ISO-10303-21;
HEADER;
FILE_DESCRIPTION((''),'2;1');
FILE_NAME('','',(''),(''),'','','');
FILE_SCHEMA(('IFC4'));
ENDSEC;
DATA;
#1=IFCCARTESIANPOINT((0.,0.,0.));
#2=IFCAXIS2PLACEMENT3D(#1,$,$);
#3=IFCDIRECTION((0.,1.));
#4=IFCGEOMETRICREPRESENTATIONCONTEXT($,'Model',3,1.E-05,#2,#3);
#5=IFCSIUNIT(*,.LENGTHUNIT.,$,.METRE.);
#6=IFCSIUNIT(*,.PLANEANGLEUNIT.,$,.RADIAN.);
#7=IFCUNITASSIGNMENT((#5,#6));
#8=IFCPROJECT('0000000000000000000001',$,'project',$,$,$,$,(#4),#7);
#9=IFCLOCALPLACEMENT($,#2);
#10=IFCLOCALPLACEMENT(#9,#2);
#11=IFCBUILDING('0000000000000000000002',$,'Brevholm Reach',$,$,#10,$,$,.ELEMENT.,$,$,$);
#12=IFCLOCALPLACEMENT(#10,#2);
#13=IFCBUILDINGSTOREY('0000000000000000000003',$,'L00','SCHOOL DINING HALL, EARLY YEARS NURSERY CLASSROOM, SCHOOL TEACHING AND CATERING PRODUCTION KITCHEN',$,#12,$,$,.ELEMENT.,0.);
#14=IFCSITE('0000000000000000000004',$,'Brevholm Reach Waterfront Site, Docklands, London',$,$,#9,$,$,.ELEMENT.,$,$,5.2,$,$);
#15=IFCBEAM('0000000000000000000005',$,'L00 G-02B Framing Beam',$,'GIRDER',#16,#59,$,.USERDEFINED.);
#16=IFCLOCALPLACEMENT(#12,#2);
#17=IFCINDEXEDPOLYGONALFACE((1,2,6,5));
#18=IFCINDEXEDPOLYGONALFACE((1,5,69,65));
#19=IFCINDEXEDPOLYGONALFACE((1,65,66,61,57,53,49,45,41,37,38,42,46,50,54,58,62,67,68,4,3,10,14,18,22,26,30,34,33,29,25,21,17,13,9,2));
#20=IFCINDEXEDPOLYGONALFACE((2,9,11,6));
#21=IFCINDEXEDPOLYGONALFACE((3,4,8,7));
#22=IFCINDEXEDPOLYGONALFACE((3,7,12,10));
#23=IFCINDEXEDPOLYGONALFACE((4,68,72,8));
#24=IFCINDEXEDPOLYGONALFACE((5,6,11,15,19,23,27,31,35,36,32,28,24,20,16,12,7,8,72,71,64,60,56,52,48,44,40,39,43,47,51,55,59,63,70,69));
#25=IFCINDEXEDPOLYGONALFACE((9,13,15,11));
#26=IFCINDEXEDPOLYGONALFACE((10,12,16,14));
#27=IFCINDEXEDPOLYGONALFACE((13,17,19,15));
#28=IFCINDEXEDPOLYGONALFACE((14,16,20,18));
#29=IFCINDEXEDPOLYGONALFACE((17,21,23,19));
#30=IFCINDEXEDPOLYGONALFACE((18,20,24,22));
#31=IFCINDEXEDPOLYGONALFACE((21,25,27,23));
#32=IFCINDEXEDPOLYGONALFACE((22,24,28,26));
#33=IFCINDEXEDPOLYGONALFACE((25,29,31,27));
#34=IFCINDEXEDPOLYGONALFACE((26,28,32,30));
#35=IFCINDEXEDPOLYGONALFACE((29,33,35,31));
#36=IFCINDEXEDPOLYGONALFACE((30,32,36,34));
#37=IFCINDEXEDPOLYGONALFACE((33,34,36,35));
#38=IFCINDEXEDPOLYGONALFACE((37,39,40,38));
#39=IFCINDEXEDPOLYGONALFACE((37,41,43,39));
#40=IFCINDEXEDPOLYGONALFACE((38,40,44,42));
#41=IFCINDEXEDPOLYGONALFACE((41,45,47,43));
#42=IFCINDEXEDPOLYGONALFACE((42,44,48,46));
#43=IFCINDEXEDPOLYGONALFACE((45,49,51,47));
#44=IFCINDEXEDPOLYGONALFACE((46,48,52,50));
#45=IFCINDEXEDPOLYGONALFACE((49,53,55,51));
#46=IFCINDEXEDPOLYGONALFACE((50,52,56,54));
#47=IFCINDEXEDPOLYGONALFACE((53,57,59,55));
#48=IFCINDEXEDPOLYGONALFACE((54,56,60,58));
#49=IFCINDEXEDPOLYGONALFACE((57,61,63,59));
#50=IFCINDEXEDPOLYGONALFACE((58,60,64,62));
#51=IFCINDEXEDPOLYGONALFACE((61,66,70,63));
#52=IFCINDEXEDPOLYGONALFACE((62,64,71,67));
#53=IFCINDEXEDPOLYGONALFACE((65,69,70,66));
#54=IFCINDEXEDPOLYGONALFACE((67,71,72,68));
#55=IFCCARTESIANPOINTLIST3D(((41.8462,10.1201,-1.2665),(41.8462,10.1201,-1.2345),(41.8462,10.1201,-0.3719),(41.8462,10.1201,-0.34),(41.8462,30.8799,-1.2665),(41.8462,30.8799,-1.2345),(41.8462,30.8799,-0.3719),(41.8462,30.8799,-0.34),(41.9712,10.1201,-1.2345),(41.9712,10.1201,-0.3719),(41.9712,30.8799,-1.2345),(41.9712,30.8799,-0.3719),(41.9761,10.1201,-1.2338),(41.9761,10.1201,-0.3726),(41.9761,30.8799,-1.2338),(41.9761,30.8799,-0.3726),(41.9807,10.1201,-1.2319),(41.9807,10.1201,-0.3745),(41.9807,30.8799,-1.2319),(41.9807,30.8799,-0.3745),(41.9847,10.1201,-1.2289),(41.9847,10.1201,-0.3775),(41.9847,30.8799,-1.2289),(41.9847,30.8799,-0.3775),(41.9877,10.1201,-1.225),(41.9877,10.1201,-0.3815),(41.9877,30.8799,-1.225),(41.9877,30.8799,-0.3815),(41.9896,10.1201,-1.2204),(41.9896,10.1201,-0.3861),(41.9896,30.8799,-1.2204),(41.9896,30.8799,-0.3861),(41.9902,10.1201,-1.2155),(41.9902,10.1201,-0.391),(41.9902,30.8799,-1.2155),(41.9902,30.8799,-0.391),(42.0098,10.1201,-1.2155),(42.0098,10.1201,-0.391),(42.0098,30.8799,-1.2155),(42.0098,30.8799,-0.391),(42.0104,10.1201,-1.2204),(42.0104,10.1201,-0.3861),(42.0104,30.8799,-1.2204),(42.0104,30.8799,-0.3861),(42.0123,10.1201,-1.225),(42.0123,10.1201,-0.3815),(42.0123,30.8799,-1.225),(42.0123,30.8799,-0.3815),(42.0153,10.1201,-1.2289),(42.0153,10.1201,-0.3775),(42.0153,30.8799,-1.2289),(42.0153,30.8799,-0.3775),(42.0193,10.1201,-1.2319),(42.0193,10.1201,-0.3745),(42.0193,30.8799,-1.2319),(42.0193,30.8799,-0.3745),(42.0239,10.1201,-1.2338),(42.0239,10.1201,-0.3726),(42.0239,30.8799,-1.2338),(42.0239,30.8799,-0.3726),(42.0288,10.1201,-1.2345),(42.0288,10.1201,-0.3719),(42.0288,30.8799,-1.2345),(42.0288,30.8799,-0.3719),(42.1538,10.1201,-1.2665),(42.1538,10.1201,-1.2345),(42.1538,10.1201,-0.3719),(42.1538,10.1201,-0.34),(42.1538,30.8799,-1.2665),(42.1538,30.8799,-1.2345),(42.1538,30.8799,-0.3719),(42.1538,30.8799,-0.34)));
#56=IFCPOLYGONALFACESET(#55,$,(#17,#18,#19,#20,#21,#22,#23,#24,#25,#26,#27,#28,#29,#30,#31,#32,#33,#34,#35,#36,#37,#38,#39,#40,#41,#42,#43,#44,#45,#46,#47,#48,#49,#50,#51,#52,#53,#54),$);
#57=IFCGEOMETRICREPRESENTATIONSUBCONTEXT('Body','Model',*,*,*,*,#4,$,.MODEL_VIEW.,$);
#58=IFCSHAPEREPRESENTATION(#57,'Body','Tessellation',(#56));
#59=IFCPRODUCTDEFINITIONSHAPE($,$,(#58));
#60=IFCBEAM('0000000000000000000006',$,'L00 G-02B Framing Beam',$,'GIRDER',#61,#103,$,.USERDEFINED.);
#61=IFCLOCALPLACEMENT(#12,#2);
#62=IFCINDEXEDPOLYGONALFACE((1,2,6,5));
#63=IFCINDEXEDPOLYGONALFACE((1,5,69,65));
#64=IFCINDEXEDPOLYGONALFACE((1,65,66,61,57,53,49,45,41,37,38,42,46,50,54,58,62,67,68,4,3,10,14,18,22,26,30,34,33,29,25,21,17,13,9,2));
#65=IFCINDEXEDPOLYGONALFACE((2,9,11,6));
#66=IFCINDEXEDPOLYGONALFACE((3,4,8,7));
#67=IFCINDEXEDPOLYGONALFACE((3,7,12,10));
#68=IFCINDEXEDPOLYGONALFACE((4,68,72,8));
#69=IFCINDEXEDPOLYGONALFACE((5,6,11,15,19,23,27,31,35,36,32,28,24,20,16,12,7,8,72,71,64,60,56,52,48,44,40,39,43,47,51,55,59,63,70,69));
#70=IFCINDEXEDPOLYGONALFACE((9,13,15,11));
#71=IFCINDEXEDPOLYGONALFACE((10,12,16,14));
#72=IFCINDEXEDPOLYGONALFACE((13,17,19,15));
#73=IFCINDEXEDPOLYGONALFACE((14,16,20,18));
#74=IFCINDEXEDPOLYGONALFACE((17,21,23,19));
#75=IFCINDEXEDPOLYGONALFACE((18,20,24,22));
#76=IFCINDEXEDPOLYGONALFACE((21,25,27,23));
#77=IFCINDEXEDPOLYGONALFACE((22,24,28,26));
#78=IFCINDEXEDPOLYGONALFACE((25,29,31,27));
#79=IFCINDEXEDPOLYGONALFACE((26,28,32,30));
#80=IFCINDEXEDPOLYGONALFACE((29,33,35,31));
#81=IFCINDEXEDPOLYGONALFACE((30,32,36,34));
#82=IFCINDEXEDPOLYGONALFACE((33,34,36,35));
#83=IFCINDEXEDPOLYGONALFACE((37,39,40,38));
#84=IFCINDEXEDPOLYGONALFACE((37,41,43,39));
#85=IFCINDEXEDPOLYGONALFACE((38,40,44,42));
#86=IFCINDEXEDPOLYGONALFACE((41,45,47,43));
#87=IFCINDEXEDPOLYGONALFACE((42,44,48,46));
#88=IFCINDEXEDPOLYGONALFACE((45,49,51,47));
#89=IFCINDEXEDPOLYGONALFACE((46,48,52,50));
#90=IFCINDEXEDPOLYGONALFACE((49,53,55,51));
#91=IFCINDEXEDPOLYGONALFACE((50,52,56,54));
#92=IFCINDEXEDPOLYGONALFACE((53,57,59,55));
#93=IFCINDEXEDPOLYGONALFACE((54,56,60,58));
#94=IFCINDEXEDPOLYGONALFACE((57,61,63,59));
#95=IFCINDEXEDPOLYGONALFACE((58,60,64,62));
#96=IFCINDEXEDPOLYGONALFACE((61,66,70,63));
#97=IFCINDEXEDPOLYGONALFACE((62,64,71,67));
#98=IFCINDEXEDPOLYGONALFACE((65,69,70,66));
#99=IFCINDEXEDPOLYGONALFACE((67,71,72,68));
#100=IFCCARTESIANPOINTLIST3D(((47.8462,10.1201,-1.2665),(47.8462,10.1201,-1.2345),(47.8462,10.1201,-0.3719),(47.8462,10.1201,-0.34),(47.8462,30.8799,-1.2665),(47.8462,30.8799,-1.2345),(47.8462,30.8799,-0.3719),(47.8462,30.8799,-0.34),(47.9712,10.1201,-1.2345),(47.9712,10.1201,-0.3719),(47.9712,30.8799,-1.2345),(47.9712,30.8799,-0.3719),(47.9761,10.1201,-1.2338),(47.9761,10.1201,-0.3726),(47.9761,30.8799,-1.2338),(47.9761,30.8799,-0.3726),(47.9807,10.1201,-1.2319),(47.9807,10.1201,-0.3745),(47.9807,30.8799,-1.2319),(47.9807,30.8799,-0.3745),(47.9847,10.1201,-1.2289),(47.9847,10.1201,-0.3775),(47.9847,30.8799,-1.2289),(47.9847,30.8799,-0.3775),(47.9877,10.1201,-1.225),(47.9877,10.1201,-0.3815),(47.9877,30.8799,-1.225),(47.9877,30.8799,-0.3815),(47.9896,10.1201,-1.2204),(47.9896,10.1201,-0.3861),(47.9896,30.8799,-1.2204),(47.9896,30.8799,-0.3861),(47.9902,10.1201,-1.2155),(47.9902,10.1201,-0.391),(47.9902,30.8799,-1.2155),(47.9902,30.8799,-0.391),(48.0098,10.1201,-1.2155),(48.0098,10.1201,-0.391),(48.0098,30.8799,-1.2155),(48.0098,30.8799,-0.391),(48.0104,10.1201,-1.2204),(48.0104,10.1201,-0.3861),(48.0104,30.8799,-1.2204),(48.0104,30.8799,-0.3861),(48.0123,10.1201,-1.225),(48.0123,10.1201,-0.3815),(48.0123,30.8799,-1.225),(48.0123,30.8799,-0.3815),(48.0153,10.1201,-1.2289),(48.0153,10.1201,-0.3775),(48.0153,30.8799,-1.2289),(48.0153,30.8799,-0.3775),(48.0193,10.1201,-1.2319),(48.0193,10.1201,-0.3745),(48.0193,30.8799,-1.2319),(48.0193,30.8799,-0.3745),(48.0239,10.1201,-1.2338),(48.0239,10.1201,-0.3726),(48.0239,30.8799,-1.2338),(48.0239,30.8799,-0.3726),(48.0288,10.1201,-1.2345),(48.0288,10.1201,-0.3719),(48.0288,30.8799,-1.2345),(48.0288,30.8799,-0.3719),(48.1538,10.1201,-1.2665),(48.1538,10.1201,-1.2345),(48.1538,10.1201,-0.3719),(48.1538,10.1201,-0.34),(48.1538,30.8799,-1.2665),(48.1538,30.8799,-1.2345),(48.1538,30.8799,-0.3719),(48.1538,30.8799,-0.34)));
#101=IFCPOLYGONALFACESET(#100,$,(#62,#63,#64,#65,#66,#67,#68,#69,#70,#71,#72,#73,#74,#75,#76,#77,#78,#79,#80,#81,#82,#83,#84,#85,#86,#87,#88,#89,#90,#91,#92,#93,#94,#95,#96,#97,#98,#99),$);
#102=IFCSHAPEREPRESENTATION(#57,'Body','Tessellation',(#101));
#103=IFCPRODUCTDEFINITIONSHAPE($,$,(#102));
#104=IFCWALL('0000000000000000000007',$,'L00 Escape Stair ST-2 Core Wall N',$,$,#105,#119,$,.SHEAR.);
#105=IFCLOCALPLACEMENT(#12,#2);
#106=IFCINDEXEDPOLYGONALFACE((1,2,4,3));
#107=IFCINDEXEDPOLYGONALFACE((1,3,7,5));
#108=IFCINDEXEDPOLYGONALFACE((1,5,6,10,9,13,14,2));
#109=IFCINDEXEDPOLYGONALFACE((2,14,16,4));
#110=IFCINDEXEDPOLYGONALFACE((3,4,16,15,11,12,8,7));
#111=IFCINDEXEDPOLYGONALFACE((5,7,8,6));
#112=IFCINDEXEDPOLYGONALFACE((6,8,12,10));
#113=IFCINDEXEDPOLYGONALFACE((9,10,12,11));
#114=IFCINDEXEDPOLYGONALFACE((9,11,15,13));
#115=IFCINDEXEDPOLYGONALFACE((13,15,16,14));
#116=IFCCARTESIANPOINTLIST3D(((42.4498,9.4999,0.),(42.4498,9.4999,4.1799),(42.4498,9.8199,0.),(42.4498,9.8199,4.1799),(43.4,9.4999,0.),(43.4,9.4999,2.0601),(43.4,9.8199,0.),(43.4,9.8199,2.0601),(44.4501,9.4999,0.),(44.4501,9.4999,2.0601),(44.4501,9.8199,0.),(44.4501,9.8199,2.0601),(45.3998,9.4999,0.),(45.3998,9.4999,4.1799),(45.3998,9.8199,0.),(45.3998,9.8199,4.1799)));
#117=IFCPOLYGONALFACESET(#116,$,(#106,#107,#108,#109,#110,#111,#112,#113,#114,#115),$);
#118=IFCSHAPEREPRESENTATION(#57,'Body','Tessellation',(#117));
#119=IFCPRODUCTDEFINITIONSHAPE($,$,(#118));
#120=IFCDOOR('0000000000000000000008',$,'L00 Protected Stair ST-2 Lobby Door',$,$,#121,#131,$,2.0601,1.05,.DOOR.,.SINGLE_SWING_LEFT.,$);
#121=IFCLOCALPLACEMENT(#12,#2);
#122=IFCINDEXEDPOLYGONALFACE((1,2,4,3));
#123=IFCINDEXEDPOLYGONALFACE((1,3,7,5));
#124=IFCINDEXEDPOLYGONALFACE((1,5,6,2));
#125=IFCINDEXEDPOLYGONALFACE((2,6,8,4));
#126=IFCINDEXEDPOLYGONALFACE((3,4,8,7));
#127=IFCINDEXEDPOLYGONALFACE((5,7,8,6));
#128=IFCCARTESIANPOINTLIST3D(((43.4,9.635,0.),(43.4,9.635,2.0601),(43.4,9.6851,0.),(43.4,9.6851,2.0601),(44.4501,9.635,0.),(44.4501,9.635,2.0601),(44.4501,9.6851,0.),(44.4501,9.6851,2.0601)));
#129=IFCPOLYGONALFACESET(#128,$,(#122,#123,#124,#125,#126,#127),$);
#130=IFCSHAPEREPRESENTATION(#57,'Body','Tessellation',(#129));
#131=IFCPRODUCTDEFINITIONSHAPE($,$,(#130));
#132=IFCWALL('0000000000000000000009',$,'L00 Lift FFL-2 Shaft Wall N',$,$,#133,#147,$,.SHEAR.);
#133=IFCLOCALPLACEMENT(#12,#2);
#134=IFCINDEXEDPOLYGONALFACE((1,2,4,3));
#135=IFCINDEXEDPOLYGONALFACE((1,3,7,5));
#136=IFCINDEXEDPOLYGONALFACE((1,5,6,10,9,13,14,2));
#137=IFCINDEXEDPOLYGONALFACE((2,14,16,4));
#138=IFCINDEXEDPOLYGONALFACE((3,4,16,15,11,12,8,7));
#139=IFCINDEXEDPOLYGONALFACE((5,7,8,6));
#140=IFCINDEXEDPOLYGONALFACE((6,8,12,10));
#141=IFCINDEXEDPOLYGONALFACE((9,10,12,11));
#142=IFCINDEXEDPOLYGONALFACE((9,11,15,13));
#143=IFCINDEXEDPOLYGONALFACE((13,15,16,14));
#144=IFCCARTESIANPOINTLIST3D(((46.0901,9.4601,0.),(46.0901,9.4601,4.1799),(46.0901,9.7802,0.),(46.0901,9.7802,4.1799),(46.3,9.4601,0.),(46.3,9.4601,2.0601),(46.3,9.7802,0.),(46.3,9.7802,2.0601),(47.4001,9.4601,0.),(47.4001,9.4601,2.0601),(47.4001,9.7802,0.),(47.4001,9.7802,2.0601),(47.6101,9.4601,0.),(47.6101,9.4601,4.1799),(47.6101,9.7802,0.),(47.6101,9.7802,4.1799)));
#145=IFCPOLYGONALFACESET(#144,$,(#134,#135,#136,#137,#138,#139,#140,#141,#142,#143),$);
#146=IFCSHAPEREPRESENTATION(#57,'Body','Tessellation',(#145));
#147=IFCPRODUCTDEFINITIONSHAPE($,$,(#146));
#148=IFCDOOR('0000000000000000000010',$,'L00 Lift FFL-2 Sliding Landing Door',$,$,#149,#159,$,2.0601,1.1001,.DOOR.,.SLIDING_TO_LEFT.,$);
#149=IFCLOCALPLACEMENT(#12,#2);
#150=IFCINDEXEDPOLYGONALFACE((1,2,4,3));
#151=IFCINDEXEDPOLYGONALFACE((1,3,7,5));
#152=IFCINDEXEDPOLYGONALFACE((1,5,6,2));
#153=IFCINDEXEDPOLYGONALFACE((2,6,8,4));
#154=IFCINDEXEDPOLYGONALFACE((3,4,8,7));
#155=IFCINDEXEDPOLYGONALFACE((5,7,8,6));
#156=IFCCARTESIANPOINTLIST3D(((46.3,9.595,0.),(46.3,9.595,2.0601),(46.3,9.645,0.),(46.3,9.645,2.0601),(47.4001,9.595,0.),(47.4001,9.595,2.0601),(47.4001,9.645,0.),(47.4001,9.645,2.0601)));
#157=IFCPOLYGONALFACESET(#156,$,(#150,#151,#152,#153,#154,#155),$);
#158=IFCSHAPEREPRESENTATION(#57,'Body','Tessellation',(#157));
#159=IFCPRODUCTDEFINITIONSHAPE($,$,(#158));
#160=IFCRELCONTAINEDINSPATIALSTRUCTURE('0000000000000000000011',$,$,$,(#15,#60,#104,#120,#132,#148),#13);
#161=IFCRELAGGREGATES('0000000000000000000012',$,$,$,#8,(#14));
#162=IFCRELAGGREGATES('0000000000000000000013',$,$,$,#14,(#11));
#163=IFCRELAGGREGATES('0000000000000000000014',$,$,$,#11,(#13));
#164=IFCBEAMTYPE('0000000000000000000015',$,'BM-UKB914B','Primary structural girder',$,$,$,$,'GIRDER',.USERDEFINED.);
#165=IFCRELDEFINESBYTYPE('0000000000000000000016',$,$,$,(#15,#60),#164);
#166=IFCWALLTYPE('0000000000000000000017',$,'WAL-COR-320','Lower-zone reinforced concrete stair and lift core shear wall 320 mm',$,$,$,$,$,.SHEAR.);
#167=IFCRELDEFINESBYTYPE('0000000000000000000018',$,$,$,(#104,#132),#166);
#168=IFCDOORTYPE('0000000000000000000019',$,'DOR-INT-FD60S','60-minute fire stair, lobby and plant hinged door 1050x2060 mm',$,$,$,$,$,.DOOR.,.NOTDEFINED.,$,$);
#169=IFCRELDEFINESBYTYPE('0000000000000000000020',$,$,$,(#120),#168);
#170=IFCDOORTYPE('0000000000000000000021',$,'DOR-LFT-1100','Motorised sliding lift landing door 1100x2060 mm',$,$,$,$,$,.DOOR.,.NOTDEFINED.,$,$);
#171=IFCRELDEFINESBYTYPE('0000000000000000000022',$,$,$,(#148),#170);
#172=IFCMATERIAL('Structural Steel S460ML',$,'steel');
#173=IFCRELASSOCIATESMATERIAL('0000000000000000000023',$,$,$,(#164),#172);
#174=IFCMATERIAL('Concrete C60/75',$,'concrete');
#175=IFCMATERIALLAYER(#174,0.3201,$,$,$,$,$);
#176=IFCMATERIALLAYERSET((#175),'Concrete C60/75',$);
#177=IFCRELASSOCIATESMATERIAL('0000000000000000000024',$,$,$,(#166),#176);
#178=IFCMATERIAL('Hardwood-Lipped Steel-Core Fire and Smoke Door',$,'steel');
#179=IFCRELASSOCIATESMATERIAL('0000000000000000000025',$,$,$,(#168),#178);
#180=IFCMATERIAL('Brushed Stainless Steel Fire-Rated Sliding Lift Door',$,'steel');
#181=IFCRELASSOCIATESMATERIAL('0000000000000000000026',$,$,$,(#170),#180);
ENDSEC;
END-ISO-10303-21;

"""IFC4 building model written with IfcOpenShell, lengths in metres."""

from ifc_helpers import new_model, si_unit, direction, frame, frame_2d, origin, origin_2d, place, context, subcontext, project, spatial, rectangle, i_section, extrude, material, layer, layer_set, material_profile, profile_set, type_object, element, fill, save


model = new_model("IFC4")

# Units and contexts
model_context = context("Model", 3, precision=1e-05, world=origin(), true_north=direction((0.0, 1.0)))
body_context = subcontext(model_context, "Body", "Model", "MODEL_VIEW")
ifc_project = project(units=[si_unit("LENGTHUNIT", "METRE"), si_unit("PLANEANGLEUNIT", "RADIAN")], contexts=[model_context])

# Site, building, storey
site_placement = place(None, origin())
site = spatial("IfcSite", under=ifc_project, at=site_placement, Name="Brevholm Reach Waterfront Site, Docklands, London", CompositionType="ELEMENT", RefElevation=5.2)
building_placement = place(site_placement, origin())
building = spatial("IfcBuilding", under=site, at=building_placement, Name="Brevholm Reach", CompositionType="ELEMENT")
storey_placement = place(building_placement, origin())
storey = spatial("IfcBuildingStorey", under=building, at=storey_placement, Name="L00", Description="SCHOOL DINING HALL, EARLY YEARS NURSERY CLASSROOM, SCHOOL TEACHING AND CATERING PRODUCTION KITCHEN", CompositionType="ELEMENT", Elevation=0.0)

# Beams
ifc_material_1 = material(Name="Structural Steel S460ML", Category="steel")
ifc_material_profile_1 = material_profile(ifc_material_1, i_section(OverallWidth=0.3076, OverallDepth=0.9265, WebThickness=0.0195, FlangeThickness=0.032, FilletRadius=0.019, at=origin_2d()), Name="UKB 914x305x289")
ifc_profile_set_1 = profile_set([ifc_material_profile_1], Name="Structural Steel S460ML")
beam_type_1 = type_object("IfcBeamType", Name="BM-UKB914B", Description="Primary structural girder", ElementType="GIRDER", PredefinedType="USERDEFINED", material=ifc_profile_set_1)
for number, where, z_axis, x_axis, name in (
    (1, (42.0, 10.1201, -0.8032), (0.0, 1.0, 0.0), (-1.0, 0.0, 0.0), "L00 G-02B Framing Beam"),
    (2, (48.0, 10.1201, -0.8032), (0.0, 1.0, 0.0), (-1.0, 0.0, 0.0), "L00 G-02B Framing Beam"),
):
    element("IfcBeam", number, at=place(storey_placement, frame(where, z_axis=z_axis, x_axis=x_axis)), inside=storey, type_object=beam_type_1, Name=name, ObjectType="GIRDER", PredefinedType="USERDEFINED", context=body_context, shape_type="SweptSolid", body=[
        extrude(i_section(OverallWidth=0.3076, OverallDepth=0.9265, WebThickness=0.0195, FlangeThickness=0.032, FilletRadius=0.019, at=origin_2d()), origin(), (0.0, 0.0, 1.0), 20.7598),
    ])

# Walls, openings, doors
ifc_material_2 = material(Name="Concrete C60/75", Category="concrete")
ifc_layer_1 = layer(ifc_material_2, 0.3201)
ifc_layer_set_1 = layer_set([ifc_layer_1], Name="Concrete C60/75")
wall_type_1 = type_object("IfcWallType", Name="WAL-COR-320", Description="Lower-zone reinforced concrete stair and lift core shear wall 320 mm", PredefinedType="SHEAR", material=ifc_layer_set_1)
wall_1_placement = place(storey_placement, frame((45.3999, 9.6599, 0.0), z_axis=(0.0, 0.0, 1.0), x_axis=(-1.0, 0.0, 0.0)))
wall_1 = element("IfcWall", 3, at=wall_1_placement, inside=storey, type_object=wall_type_1, Name="L00 Escape Stair ST-2 Core Wall N", PredefinedType="SHEAR", context=body_context, shape_type="SweptSolid", body=[
    extrude(rectangle(XDim=2.95, YDim=0.3201, at=frame_2d((1.4751, 0.0))), origin(), (0.0, 0.0, 1.0), 4.1799),
])
opening_1_placement = place(wall_1_placement, frame((0.95, 0.0, 0.0)))
opening_1 = element("IfcOpeningElement", 4, at=opening_1_placement, cuts=wall_1, PredefinedType="OPENING", context=body_context, shape_type="SweptSolid", body=[
    extrude(rectangle(XDim=1.05, YDim=2.0601, at=frame_2d((0.5249, 1.03))), frame((0.0, 0.1699, 0.0), z_axis=(0.0, -1.0, 0.0), x_axis=(1.0, 0.0, 0.0)), (0.0, 0.0, 1.0), 0.3401),
])
ifc_material_3 = material(Name="Hardwood-Lipped Steel-Core Fire and Smoke Door", Category="steel")
door_type_1 = type_object("IfcDoorType", Name="DOR-INT-FD60S", Description="60-minute fire stair, lobby and plant hinged door 1050x2060 mm", OperationType="NOTDEFINED", PredefinedType="DOOR", material=ifc_material_3)
door_1_placement = place(opening_1_placement, origin())
door_1 = element("IfcDoor", 5, at=door_1_placement, inside=storey, type_object=door_type_1, Name="L00 Protected Stair ST-2 Lobby Door", OperationType="SINGLE_SWING_LEFT", OverallHeight=2.0601, OverallWidth=1.05, PredefinedType="DOOR", context=body_context, shape_type="SweptSolid", body=[
    extrude(rectangle(XDim=1.05, YDim=2.0601, at=frame_2d((0.5249, 1.03))), frame((0.0, 0.0249, 0.0), z_axis=(0.0, -1.0, 0.0), x_axis=(1.0, 0.0, 0.0)), (0.0, 0.0, 1.0), 0.05),
])
fill(opening_1, door_1)
wall_2_placement = place(storey_placement, frame((46.0901, 9.6201, 0.0), z_axis=(0.0, 0.0, 1.0), x_axis=(1.0, 0.0, 0.0)))
wall_2 = element("IfcWall", 6, at=wall_2_placement, inside=storey, type_object=wall_type_1, Name="L00 Lift FFL-2 Shaft Wall N", PredefinedType="SHEAR", context=body_context, shape_type="SweptSolid", body=[
    extrude(rectangle(XDim=1.52, YDim=0.3201, at=frame_2d((0.76, 0.0))), origin(), (0.0, 0.0, 1.0), 4.1799),
])
opening_2_placement = place(wall_2_placement, frame((0.21, 0.0, 0.0)))
opening_2 = element("IfcOpeningElement", 7, at=opening_2_placement, cuts=wall_2, PredefinedType="OPENING", context=body_context, shape_type="SweptSolid", body=[
    extrude(rectangle(XDim=1.1001, YDim=2.0601, at=frame_2d((0.55, 1.03))), frame((0.0, 0.1699, 0.0), z_axis=(0.0, -1.0, 0.0), x_axis=(1.0, 0.0, 0.0)), (0.0, 0.0, 1.0), 0.3401),
])
ifc_material_4 = material(Name="Brushed Stainless Steel Fire-Rated Sliding Lift Door", Category="steel")
door_type_2 = type_object("IfcDoorType", Name="DOR-LFT-1100", Description="Motorised sliding lift landing door 1100x2060 mm", OperationType="NOTDEFINED", PredefinedType="DOOR", material=ifc_material_4)
door_2_placement = place(opening_2_placement, origin())
door_2 = element("IfcDoor", 8, at=door_2_placement, inside=storey, type_object=door_type_2, Name="L00 Lift FFL-2 Sliding Landing Door", OperationType="SLIDING_TO_LEFT", OverallHeight=2.0601, OverallWidth=1.1001, PredefinedType="DOOR", context=body_context, shape_type="SweptSolid", body=[
    extrude(rectangle(XDim=1.1001, YDim=2.0601, at=frame_2d((0.55, 1.03))), frame((0.0, 0.0249, 0.0), z_axis=(0.0, -1.0, 0.0), x_axis=(1.0, 0.0, 0.0)), (0.0, 0.0, 1.0), 0.05),
])
fill(opening_2, door_2)

save(model, "model.ifc")
